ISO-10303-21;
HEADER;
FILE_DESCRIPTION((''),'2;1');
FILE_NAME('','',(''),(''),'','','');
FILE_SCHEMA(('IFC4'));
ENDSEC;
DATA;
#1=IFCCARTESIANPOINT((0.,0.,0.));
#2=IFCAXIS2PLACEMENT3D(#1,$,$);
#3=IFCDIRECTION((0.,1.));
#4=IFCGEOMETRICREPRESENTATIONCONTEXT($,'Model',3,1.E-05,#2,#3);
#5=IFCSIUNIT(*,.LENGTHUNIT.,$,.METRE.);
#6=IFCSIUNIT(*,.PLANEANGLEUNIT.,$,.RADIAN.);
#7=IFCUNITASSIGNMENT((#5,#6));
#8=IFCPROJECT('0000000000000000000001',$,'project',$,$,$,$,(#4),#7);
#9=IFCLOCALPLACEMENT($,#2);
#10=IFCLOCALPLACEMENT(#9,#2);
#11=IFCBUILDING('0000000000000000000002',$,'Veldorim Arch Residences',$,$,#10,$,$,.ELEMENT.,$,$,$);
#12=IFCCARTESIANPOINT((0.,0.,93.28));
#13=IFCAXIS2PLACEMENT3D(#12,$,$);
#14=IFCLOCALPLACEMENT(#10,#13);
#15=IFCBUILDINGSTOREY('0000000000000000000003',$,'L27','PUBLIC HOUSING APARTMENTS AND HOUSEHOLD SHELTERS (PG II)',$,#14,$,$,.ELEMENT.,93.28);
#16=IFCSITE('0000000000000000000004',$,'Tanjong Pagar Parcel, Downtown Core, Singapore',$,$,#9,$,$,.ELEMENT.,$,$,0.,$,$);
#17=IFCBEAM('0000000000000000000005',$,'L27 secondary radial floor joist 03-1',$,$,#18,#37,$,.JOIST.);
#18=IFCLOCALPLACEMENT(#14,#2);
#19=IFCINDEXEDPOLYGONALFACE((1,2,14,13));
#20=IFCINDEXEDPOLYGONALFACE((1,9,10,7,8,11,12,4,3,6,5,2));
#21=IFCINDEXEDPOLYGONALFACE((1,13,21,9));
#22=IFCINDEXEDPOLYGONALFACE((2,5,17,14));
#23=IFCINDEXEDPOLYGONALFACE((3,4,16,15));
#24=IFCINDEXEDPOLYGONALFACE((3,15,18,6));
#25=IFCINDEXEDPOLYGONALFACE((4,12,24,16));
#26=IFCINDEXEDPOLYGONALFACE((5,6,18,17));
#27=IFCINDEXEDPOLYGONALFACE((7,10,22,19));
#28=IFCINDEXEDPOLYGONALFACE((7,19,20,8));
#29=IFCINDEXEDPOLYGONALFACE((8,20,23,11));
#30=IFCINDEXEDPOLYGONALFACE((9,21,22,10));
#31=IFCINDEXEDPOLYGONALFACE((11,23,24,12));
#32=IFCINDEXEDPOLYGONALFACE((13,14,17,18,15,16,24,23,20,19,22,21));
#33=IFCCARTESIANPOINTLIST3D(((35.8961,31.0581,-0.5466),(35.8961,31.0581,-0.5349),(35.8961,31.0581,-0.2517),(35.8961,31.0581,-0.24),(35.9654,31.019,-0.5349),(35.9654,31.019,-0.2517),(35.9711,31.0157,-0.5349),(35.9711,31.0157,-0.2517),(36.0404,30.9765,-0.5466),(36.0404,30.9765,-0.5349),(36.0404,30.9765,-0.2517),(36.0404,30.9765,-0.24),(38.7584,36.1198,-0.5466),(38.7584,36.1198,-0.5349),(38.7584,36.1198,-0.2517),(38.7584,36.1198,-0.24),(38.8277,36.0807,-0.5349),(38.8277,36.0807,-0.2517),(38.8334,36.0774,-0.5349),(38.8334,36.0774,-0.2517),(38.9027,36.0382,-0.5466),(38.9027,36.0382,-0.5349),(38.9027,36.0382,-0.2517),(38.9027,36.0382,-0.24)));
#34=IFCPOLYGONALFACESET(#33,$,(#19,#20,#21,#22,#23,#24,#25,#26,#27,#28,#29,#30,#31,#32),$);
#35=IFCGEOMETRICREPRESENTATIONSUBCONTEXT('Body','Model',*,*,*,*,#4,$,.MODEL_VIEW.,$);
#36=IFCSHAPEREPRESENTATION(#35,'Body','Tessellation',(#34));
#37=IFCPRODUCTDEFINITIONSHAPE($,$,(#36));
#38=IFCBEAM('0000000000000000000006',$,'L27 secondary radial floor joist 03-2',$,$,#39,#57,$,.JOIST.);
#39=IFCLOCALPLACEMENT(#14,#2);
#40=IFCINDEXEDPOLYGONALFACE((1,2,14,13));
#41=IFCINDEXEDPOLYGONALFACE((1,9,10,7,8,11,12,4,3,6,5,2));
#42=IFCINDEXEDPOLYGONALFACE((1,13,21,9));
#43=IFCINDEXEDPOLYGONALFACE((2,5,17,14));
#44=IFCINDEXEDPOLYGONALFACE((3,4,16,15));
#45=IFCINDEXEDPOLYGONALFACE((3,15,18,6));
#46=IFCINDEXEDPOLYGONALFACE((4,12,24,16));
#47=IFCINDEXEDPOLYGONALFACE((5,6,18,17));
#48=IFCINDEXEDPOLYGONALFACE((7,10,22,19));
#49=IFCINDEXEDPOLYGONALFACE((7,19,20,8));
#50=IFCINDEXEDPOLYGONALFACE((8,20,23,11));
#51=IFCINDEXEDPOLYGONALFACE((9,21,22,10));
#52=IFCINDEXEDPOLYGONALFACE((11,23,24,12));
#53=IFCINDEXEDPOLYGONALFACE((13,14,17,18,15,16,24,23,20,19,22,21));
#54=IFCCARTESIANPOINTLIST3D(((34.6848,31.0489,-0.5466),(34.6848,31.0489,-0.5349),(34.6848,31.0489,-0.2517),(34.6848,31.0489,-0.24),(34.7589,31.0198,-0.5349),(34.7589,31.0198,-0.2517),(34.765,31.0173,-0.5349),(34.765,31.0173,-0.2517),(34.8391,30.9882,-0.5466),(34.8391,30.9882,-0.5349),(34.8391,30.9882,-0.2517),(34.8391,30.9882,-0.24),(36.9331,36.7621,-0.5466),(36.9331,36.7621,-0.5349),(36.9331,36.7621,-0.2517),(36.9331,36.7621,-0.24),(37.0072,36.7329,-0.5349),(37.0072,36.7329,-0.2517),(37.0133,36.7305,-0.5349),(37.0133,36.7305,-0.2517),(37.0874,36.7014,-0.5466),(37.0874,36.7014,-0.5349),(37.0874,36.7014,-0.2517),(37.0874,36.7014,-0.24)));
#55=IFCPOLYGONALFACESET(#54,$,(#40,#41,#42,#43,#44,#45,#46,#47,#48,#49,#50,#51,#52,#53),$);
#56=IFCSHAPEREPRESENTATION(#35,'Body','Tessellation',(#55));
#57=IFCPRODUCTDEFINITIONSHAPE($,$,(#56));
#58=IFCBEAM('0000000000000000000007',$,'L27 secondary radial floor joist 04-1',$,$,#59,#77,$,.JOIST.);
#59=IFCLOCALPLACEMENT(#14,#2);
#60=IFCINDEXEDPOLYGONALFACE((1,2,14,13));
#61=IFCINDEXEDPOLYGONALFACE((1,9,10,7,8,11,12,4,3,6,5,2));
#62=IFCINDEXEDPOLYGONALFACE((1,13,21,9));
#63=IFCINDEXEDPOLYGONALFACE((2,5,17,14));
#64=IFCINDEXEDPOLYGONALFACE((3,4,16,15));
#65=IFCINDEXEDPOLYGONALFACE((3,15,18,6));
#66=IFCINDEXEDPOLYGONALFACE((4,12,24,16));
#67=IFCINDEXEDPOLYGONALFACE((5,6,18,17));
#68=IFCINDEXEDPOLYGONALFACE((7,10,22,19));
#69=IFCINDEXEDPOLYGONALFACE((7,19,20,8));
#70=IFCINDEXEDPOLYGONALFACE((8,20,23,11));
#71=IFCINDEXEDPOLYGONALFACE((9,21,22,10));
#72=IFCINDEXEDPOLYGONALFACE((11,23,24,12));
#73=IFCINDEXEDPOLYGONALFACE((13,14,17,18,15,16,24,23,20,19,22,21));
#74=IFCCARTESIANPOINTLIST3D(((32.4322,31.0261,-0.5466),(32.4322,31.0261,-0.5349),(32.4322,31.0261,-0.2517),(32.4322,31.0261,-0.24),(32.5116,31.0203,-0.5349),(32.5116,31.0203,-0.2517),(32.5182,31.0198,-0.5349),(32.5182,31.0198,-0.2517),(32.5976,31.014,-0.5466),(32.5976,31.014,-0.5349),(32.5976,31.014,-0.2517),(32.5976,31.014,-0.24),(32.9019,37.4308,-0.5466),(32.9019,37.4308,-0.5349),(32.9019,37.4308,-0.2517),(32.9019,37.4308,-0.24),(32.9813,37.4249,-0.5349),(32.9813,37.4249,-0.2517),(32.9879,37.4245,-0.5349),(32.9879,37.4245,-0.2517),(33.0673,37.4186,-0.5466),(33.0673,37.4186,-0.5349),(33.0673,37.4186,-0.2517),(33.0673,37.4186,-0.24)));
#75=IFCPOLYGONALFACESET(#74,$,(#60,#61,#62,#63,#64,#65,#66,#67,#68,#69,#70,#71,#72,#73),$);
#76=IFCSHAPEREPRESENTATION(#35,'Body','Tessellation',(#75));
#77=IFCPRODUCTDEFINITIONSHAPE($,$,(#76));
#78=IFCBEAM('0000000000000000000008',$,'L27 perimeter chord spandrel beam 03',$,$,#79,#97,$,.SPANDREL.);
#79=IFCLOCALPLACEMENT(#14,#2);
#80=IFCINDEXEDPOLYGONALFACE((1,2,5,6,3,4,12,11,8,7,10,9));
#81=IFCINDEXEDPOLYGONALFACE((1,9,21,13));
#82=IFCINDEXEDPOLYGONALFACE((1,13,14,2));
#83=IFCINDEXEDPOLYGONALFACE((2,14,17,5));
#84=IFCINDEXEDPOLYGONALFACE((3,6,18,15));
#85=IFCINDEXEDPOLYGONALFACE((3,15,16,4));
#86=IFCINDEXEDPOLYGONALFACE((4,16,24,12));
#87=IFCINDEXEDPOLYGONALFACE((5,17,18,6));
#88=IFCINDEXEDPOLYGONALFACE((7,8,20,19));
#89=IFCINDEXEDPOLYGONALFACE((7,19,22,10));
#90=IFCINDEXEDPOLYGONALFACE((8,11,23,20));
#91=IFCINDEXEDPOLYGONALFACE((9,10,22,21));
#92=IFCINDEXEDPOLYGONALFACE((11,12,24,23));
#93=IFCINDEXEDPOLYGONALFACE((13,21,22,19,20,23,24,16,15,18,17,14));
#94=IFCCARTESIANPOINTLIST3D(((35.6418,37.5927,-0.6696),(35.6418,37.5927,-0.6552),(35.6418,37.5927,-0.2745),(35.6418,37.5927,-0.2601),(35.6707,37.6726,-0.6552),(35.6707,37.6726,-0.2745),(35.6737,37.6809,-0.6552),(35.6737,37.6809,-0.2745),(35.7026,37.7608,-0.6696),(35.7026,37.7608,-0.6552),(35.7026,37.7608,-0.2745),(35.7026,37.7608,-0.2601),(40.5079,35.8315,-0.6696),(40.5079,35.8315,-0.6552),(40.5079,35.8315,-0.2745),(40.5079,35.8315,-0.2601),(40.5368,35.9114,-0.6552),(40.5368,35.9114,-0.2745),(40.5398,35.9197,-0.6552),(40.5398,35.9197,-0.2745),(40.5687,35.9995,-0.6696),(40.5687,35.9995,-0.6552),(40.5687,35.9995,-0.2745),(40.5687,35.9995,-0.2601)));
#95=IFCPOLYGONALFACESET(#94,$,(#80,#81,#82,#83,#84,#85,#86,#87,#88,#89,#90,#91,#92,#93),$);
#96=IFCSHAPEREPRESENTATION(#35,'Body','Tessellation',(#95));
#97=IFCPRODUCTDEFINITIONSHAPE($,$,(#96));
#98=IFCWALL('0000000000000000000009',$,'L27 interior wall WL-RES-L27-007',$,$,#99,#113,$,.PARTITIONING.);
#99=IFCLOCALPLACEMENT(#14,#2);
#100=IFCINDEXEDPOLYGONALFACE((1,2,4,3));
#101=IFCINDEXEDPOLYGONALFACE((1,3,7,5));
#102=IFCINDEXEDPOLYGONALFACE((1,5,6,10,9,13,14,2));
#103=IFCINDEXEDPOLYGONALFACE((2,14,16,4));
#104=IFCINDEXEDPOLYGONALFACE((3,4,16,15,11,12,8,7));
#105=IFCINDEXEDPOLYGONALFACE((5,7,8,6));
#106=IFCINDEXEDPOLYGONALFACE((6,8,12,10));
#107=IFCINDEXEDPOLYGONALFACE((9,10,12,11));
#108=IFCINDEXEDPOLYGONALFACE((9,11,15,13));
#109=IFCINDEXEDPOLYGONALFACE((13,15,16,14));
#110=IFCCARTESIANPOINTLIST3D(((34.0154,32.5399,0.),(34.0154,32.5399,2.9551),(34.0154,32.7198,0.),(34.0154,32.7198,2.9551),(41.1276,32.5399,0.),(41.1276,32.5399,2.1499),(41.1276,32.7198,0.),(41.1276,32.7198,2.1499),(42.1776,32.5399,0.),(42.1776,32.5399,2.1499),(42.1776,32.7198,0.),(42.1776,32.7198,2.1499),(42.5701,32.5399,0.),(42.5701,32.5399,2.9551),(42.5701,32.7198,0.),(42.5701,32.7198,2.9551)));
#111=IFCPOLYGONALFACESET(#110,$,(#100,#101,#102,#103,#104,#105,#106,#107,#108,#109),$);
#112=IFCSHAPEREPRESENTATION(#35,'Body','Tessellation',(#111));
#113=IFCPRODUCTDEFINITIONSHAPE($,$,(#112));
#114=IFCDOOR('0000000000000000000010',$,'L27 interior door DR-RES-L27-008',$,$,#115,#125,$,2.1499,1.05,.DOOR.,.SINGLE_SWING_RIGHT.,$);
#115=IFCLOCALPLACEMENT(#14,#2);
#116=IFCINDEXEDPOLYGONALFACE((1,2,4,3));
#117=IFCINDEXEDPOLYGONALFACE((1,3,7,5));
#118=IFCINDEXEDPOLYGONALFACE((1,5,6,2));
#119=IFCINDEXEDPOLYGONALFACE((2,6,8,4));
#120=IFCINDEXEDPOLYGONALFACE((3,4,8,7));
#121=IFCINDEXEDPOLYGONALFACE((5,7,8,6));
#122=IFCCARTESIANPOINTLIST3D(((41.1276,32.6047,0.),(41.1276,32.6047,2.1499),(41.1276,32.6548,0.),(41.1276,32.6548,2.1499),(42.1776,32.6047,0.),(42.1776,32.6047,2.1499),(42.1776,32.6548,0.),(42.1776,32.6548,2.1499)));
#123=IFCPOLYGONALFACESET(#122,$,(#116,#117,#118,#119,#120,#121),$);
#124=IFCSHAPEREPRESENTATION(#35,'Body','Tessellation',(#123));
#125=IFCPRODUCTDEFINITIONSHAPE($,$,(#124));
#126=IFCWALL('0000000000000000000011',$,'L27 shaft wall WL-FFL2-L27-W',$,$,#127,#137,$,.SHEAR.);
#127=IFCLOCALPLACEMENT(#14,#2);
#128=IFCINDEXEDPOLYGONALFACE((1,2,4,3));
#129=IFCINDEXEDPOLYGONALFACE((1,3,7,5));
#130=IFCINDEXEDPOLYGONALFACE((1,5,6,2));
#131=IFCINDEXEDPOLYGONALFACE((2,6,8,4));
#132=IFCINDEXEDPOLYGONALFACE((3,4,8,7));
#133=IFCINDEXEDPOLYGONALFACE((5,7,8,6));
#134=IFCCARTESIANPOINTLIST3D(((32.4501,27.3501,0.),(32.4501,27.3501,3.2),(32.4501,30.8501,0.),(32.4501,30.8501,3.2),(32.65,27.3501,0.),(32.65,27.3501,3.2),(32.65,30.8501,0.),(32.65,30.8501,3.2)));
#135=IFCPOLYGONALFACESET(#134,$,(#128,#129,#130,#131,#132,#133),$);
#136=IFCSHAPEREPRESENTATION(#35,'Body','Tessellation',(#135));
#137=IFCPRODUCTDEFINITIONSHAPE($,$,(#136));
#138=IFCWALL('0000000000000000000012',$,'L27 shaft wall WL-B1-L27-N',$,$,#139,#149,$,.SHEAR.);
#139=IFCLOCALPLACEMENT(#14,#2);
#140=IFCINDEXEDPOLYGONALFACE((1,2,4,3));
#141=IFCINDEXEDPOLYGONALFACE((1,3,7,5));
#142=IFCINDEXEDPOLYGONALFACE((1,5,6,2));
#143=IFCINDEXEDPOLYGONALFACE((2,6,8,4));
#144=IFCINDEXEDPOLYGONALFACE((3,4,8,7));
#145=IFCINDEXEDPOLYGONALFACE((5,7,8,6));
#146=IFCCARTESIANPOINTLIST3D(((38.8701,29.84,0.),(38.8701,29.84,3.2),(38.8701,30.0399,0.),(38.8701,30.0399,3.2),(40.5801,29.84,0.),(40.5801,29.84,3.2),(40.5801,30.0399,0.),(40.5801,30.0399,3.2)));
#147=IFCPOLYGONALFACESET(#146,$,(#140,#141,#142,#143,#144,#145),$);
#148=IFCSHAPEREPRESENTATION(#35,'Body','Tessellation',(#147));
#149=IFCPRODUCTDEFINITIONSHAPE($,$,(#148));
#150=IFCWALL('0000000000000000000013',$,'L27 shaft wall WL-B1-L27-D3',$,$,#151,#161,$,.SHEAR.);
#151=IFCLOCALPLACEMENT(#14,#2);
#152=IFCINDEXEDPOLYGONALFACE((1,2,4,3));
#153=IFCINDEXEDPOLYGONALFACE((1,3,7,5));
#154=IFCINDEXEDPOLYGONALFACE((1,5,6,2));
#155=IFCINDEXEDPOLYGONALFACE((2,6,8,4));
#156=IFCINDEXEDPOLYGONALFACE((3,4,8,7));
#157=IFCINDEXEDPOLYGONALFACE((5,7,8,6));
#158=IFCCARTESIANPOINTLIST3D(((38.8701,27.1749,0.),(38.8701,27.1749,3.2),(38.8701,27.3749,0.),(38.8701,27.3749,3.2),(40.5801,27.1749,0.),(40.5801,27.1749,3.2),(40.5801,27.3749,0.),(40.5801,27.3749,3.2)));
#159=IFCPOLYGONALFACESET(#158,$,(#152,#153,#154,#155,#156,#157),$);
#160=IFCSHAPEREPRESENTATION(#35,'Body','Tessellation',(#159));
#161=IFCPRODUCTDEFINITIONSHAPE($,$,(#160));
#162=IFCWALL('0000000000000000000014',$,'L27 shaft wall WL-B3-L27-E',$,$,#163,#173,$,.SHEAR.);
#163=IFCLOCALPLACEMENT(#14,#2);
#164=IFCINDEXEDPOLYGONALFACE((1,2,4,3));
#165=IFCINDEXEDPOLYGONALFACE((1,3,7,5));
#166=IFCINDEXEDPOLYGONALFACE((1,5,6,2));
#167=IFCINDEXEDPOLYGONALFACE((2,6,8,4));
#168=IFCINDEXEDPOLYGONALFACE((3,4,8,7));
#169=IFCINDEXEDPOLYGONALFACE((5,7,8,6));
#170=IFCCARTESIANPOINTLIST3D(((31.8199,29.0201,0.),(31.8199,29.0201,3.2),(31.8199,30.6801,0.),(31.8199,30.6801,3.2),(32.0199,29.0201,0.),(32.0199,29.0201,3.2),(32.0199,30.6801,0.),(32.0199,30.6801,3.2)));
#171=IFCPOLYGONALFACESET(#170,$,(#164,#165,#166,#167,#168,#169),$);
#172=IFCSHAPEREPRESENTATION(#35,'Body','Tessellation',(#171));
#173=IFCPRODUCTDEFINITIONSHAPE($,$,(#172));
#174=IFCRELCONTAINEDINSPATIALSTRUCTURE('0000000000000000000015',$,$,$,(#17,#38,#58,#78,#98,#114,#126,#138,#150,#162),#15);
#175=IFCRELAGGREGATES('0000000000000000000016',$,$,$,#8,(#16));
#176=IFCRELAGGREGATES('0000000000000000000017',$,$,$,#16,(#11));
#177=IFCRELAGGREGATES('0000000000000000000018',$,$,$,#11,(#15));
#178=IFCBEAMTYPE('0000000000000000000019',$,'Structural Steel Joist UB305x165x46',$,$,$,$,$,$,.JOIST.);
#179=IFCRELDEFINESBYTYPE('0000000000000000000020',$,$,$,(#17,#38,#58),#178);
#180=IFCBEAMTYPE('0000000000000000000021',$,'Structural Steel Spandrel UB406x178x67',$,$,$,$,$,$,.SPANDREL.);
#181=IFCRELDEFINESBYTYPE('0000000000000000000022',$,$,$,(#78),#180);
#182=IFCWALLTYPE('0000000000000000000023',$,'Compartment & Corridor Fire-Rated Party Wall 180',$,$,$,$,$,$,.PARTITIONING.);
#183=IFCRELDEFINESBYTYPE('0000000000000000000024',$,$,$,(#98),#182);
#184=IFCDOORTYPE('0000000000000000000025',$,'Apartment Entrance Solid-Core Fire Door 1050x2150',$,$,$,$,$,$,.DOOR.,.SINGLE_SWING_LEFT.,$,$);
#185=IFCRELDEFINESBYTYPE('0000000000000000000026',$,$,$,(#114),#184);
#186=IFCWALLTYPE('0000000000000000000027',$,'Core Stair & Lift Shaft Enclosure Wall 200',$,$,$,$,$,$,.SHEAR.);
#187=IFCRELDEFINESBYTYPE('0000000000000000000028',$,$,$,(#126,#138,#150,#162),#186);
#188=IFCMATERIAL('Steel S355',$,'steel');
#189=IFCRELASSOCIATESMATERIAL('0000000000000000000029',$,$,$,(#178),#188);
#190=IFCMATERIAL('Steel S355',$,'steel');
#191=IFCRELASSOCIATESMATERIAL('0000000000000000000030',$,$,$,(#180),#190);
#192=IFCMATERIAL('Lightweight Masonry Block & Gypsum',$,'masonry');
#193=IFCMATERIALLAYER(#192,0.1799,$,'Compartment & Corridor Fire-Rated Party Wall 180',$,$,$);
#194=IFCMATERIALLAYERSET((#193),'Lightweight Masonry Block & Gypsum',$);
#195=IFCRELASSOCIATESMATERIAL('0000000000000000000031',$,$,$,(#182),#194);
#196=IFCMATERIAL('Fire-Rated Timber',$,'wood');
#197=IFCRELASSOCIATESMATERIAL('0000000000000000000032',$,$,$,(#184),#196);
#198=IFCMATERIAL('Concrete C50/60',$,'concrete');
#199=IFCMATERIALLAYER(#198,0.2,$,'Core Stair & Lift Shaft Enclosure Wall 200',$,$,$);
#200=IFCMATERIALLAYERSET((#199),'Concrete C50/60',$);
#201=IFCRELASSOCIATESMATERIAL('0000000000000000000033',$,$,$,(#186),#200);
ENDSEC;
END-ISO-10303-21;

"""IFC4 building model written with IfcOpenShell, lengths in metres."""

from ifc_helpers import new_model, si_unit, direction, frame, frame_2d, origin, origin_2d, place, context, subcontext, project, spatial, rectangle, i_section, extrude, material, layer, layer_set, material_profile, profile_set, type_object, element, fill, save


model = new_model("IFC4")

# Units and contexts
model_context = context("Model", 3, precision=1e-05, world=origin(), true_north=direction((0.0, 1.0)))
body_context = subcontext(model_context, "Body", "Model", "MODEL_VIEW")
ifc_project = project(units=[si_unit("LENGTHUNIT", "METRE"), si_unit("PLANEANGLEUNIT", "RADIAN")], contexts=[model_context])

# Site, building, storey
site_placement = place(None, origin())
site = spatial("IfcSite", under=ifc_project, at=site_placement, Name="Tanjong Pagar Parcel, Downtown Core, Singapore", CompositionType="ELEMENT", RefElevation=0.0)
building_placement = place(site_placement, origin())
building = spatial("IfcBuilding", under=site, at=building_placement, Name="Veldorim Arch Residences", CompositionType="ELEMENT")
storey_placement = place(building_placement, frame((0.0, 0.0, 93.28)))
storey = spatial("IfcBuildingStorey", under=building, at=storey_placement, Name="L27", Description="PUBLIC HOUSING APARTMENTS AND HOUSEHOLD SHELTERS (PG II)", CompositionType="ELEMENT", Elevation=93.28)

# Beams
ifc_material_1 = material(Name="Steel S355", Category="steel")
ifc_material_profile_1 = material_profile(ifc_material_1, i_section(OverallWidth=0.1658, OverallDepth=0.3066, WebThickness=0.0066, FlangeThickness=0.0117, at=origin_2d()), Name="UB305x165x46")
ifc_profile_set_1 = profile_set([ifc_material_profile_1], Name="Steel S355")
beam_type_1 = type_object("IfcBeamType", Name="Structural Steel Joist UB305x165x46", PredefinedType="JOIST", material=ifc_profile_set_1)
beam_1_placement = place(storey_placement, frame((35.9683, 31.0173, -0.3933), z_axis=(0.492227, 0.870467, 0.0), x_axis=(-0.870467, 0.492227, 0.0)))
element("IfcBeam", 1, at=beam_1_placement, inside=storey, type_object=beam_type_1, Name="L27 secondary radial floor joist 03-1", PredefinedType="JOIST", context=body_context, shape_type="SweptSolid", body=[
    extrude(i_section(OverallWidth=0.1658, OverallDepth=0.3066, WebThickness=0.0066, FlangeThickness=0.0117, at=origin_2d()), origin(), (0.0, 0.0, 1.0), 5.8149),
])
beam_2_placement = place(storey_placement, frame((34.762, 31.0186, -0.3933), z_axis=(0.366195, 0.930538, 0.0), x_axis=(-0.930538, 0.366195, 0.0)))
element("IfcBeam", 2, at=beam_2_placement, inside=storey, type_object=beam_type_1, Name="L27 secondary radial floor joist 03-2", PredefinedType="JOIST", context=body_context, shape_type="SweptSolid", body=[
    extrude(i_section(OverallWidth=0.1658, OverallDepth=0.3066, WebThickness=0.0066, FlangeThickness=0.0117, at=origin_2d()), origin(), (0.0, 0.0, 1.0), 6.1396),
])
beam_3_placement = place(storey_placement, frame((32.5149, 31.02, -0.3933), z_axis=(0.073143, 0.997321, 0.0), x_axis=(-0.997321, 0.073143, 0.0)))
element("IfcBeam", 3, at=beam_3_placement, inside=storey, type_object=beam_type_1, Name="L27 secondary radial floor joist 04-1", PredefinedType="JOIST", context=body_context, shape_type="SweptSolid", body=[
    extrude(i_section(OverallWidth=0.1658, OverallDepth=0.3066, WebThickness=0.0066, FlangeThickness=0.0117, at=origin_2d()), origin(), (0.0, 0.0, 1.0), 6.4219),
])
ifc_material_2 = material(Name="Steel S355", Category="steel")
ifc_material_profile_2 = material_profile(ifc_material_2, i_section(OverallWidth=0.1787, OverallDepth=0.4094, WebThickness=0.0088, FlangeThickness=0.0144, at=origin_2d()), Name="UB406x178x67")
ifc_profile_set_2 = profile_set([ifc_material_profile_2], Name="Steel S355")
beam_type_2 = type_object("IfcBeamType", Name="Structural Steel Spandrel UB406x178x67", PredefinedType="SPANDREL", material=ifc_profile_set_2)
beam_4_placement = place(storey_placement, frame((40.5383, 35.9155, -0.4648), z_axis=(-0.940308, 0.340326, 0.0), x_axis=(-0.340326, -0.940308, 0.0)))
element("IfcBeam", 4, at=beam_4_placement, inside=storey, type_object=beam_type_2, Name="L27 perimeter chord spandrel beam 03", PredefinedType="SPANDREL", context=body_context, shape_type="SweptSolid", body=[
    extrude(i_section(OverallWidth=0.1787, OverallDepth=0.4094, WebThickness=0.0088, FlangeThickness=0.0144, at=origin_2d()), origin(), (0.0, 0.0, 1.0), 5.175),
])

# Wall, opening, door
ifc_material_3 = material(Name="Lightweight Masonry Block & Gypsum", Category="masonry")
ifc_layer_1 = layer(ifc_material_3, 0.1799, Name="Compartment & Corridor Fire-Rated Party Wall 180")
ifc_layer_set_1 = layer_set([ifc_layer_1], Name="Lightweight Masonry Block & Gypsum")
wall_type_1 = type_object("IfcWallType", Name="Compartment & Corridor Fire-Rated Party Wall 180", PredefinedType="PARTITIONING", material=ifc_layer_set_1)
wall_1_placement = place(storey_placement, frame((34.0154, 32.6299, 0.0), z_axis=(0.0, 0.0, 1.0), x_axis=(1.0, 0.0, 0.0)))
wall_1 = element("IfcWall", 5, at=wall_1_placement, inside=storey, type_object=wall_type_1, Name="L27 interior wall WL-RES-L27-007", PredefinedType="PARTITIONING", context=body_context, shape_type="SweptSolid", body=[
    extrude(rectangle(XDim=8.5547, YDim=0.1799, at=frame_2d((4.2773, 0.0))), origin(), (0.0, 0.0, 1.0), 2.9551),
])
opening_1_placement = place(wall_1_placement, frame((7.1123, 0.0, 0.0)))
opening_1 = element("IfcOpeningElement", 6, at=opening_1_placement, cuts=wall_1, PredefinedType="OPENING", context=body_context, shape_type="SweptSolid", body=[
    extrude(rectangle(XDim=1.05, YDim=2.1499, at=frame_2d((0.5249, 1.075))), frame((0.0, 0.0999, 0.0), z_axis=(0.0, -1.0, 0.0), x_axis=(1.0, 0.0, 0.0)), (0.0, 0.0, 1.0), 0.2),
])
ifc_material_4 = material(Name="Fire-Rated Timber", Category="wood")
door_type_1 = type_object("IfcDoorType", Name="Apartment Entrance Solid-Core Fire Door 1050x2150", OperationType="SINGLE_SWING_LEFT", PredefinedType="DOOR", material=ifc_material_4)
door_1_placement = place(opening_1_placement, origin())
door_1 = element("IfcDoor", 7, at=door_1_placement, inside=storey, type_object=door_type_1, Name="L27 interior door DR-RES-L27-008", OperationType="SINGLE_SWING_RIGHT", OverallHeight=2.1499, OverallWidth=1.05, PredefinedType="DOOR", context=body_context, shape_type="SweptSolid", body=[
    extrude(rectangle(XDim=1.05, YDim=2.1499, at=frame_2d((0.5249, 1.075))), frame((0.0, 0.0249, 0.0), z_axis=(0.0, -1.0, 0.0), x_axis=(1.0, 0.0, 0.0)), (0.0, 0.0, 1.0), 0.05),
])
fill(opening_1, door_1)
ifc_material_5 = material(Name="Concrete C50/60", Category="concrete")
ifc_layer_2 = layer(ifc_material_5, 0.2, Name="Core Stair & Lift Shaft Enclosure Wall 200")
ifc_layer_set_2 = layer_set([ifc_layer_2], Name="Concrete C50/60")
wall_type_2 = type_object("IfcWallType", Name="Core Stair & Lift Shaft Enclosure Wall 200", PredefinedType="SHEAR", material=ifc_layer_set_2)

# Wall
wall_2_placement = place(storey_placement, frame((32.55, 27.3501, 0.0), z_axis=(0.0, 0.0, 1.0), x_axis=(0.0, 1.0, 0.0)))
element("IfcWall", 8, at=wall_2_placement, inside=storey, type_object=wall_type_2, Name="L27 shaft wall WL-FFL2-L27-W", PredefinedType="SHEAR", context=body_context, shape_type="SweptSolid", body=[
    extrude(rectangle(XDim=3.5, YDim=0.2, at=frame_2d((1.75, 0.0))), origin(), (0.0, 0.0, 1.0), 3.2),
])

# Walls
for number, where, z_axis, x_axis, name in (
    (9, (38.8701, 29.9399, 0.0), (0.0, 0.0, 1.0), (1.0, 0.0, 0.0), "L27 shaft wall WL-B1-L27-N"),
    (10, (38.8701, 27.2749, 0.0), (0.0, 0.0, 1.0), (1.0, 0.0, 0.0), "L27 shaft wall WL-B1-L27-D3"),
):
    element("IfcWall", number, at=place(storey_placement, frame(where, z_axis=z_axis, x_axis=x_axis)), inside=storey, type_object=wall_type_2, Name=name, PredefinedType="SHEAR", context=body_context, shape_type="SweptSolid", body=[
        extrude(rectangle(XDim=1.71, YDim=0.2, at=frame_2d((0.855, 0.0))), origin(), (0.0, 0.0, 1.0), 3.2),
    ])
wall_3_placement = place(storey_placement, frame((31.9199, 29.02, 0.0), z_axis=(0.0, 0.0, 1.0), x_axis=(0.0, 1.0, 0.0)))
element("IfcWall", 11, at=wall_3_placement, inside=storey, type_object=wall_type_2, Name="L27 shaft wall WL-B3-L27-E", PredefinedType="SHEAR", context=body_context, shape_type="SweptSolid", body=[
    extrude(rectangle(XDim=1.6599, YDim=0.2, at=frame_2d((0.8301, 0.0))), origin(), (0.0, 0.0, 1.0), 3.2),
])

save(model, "model.ifc")
